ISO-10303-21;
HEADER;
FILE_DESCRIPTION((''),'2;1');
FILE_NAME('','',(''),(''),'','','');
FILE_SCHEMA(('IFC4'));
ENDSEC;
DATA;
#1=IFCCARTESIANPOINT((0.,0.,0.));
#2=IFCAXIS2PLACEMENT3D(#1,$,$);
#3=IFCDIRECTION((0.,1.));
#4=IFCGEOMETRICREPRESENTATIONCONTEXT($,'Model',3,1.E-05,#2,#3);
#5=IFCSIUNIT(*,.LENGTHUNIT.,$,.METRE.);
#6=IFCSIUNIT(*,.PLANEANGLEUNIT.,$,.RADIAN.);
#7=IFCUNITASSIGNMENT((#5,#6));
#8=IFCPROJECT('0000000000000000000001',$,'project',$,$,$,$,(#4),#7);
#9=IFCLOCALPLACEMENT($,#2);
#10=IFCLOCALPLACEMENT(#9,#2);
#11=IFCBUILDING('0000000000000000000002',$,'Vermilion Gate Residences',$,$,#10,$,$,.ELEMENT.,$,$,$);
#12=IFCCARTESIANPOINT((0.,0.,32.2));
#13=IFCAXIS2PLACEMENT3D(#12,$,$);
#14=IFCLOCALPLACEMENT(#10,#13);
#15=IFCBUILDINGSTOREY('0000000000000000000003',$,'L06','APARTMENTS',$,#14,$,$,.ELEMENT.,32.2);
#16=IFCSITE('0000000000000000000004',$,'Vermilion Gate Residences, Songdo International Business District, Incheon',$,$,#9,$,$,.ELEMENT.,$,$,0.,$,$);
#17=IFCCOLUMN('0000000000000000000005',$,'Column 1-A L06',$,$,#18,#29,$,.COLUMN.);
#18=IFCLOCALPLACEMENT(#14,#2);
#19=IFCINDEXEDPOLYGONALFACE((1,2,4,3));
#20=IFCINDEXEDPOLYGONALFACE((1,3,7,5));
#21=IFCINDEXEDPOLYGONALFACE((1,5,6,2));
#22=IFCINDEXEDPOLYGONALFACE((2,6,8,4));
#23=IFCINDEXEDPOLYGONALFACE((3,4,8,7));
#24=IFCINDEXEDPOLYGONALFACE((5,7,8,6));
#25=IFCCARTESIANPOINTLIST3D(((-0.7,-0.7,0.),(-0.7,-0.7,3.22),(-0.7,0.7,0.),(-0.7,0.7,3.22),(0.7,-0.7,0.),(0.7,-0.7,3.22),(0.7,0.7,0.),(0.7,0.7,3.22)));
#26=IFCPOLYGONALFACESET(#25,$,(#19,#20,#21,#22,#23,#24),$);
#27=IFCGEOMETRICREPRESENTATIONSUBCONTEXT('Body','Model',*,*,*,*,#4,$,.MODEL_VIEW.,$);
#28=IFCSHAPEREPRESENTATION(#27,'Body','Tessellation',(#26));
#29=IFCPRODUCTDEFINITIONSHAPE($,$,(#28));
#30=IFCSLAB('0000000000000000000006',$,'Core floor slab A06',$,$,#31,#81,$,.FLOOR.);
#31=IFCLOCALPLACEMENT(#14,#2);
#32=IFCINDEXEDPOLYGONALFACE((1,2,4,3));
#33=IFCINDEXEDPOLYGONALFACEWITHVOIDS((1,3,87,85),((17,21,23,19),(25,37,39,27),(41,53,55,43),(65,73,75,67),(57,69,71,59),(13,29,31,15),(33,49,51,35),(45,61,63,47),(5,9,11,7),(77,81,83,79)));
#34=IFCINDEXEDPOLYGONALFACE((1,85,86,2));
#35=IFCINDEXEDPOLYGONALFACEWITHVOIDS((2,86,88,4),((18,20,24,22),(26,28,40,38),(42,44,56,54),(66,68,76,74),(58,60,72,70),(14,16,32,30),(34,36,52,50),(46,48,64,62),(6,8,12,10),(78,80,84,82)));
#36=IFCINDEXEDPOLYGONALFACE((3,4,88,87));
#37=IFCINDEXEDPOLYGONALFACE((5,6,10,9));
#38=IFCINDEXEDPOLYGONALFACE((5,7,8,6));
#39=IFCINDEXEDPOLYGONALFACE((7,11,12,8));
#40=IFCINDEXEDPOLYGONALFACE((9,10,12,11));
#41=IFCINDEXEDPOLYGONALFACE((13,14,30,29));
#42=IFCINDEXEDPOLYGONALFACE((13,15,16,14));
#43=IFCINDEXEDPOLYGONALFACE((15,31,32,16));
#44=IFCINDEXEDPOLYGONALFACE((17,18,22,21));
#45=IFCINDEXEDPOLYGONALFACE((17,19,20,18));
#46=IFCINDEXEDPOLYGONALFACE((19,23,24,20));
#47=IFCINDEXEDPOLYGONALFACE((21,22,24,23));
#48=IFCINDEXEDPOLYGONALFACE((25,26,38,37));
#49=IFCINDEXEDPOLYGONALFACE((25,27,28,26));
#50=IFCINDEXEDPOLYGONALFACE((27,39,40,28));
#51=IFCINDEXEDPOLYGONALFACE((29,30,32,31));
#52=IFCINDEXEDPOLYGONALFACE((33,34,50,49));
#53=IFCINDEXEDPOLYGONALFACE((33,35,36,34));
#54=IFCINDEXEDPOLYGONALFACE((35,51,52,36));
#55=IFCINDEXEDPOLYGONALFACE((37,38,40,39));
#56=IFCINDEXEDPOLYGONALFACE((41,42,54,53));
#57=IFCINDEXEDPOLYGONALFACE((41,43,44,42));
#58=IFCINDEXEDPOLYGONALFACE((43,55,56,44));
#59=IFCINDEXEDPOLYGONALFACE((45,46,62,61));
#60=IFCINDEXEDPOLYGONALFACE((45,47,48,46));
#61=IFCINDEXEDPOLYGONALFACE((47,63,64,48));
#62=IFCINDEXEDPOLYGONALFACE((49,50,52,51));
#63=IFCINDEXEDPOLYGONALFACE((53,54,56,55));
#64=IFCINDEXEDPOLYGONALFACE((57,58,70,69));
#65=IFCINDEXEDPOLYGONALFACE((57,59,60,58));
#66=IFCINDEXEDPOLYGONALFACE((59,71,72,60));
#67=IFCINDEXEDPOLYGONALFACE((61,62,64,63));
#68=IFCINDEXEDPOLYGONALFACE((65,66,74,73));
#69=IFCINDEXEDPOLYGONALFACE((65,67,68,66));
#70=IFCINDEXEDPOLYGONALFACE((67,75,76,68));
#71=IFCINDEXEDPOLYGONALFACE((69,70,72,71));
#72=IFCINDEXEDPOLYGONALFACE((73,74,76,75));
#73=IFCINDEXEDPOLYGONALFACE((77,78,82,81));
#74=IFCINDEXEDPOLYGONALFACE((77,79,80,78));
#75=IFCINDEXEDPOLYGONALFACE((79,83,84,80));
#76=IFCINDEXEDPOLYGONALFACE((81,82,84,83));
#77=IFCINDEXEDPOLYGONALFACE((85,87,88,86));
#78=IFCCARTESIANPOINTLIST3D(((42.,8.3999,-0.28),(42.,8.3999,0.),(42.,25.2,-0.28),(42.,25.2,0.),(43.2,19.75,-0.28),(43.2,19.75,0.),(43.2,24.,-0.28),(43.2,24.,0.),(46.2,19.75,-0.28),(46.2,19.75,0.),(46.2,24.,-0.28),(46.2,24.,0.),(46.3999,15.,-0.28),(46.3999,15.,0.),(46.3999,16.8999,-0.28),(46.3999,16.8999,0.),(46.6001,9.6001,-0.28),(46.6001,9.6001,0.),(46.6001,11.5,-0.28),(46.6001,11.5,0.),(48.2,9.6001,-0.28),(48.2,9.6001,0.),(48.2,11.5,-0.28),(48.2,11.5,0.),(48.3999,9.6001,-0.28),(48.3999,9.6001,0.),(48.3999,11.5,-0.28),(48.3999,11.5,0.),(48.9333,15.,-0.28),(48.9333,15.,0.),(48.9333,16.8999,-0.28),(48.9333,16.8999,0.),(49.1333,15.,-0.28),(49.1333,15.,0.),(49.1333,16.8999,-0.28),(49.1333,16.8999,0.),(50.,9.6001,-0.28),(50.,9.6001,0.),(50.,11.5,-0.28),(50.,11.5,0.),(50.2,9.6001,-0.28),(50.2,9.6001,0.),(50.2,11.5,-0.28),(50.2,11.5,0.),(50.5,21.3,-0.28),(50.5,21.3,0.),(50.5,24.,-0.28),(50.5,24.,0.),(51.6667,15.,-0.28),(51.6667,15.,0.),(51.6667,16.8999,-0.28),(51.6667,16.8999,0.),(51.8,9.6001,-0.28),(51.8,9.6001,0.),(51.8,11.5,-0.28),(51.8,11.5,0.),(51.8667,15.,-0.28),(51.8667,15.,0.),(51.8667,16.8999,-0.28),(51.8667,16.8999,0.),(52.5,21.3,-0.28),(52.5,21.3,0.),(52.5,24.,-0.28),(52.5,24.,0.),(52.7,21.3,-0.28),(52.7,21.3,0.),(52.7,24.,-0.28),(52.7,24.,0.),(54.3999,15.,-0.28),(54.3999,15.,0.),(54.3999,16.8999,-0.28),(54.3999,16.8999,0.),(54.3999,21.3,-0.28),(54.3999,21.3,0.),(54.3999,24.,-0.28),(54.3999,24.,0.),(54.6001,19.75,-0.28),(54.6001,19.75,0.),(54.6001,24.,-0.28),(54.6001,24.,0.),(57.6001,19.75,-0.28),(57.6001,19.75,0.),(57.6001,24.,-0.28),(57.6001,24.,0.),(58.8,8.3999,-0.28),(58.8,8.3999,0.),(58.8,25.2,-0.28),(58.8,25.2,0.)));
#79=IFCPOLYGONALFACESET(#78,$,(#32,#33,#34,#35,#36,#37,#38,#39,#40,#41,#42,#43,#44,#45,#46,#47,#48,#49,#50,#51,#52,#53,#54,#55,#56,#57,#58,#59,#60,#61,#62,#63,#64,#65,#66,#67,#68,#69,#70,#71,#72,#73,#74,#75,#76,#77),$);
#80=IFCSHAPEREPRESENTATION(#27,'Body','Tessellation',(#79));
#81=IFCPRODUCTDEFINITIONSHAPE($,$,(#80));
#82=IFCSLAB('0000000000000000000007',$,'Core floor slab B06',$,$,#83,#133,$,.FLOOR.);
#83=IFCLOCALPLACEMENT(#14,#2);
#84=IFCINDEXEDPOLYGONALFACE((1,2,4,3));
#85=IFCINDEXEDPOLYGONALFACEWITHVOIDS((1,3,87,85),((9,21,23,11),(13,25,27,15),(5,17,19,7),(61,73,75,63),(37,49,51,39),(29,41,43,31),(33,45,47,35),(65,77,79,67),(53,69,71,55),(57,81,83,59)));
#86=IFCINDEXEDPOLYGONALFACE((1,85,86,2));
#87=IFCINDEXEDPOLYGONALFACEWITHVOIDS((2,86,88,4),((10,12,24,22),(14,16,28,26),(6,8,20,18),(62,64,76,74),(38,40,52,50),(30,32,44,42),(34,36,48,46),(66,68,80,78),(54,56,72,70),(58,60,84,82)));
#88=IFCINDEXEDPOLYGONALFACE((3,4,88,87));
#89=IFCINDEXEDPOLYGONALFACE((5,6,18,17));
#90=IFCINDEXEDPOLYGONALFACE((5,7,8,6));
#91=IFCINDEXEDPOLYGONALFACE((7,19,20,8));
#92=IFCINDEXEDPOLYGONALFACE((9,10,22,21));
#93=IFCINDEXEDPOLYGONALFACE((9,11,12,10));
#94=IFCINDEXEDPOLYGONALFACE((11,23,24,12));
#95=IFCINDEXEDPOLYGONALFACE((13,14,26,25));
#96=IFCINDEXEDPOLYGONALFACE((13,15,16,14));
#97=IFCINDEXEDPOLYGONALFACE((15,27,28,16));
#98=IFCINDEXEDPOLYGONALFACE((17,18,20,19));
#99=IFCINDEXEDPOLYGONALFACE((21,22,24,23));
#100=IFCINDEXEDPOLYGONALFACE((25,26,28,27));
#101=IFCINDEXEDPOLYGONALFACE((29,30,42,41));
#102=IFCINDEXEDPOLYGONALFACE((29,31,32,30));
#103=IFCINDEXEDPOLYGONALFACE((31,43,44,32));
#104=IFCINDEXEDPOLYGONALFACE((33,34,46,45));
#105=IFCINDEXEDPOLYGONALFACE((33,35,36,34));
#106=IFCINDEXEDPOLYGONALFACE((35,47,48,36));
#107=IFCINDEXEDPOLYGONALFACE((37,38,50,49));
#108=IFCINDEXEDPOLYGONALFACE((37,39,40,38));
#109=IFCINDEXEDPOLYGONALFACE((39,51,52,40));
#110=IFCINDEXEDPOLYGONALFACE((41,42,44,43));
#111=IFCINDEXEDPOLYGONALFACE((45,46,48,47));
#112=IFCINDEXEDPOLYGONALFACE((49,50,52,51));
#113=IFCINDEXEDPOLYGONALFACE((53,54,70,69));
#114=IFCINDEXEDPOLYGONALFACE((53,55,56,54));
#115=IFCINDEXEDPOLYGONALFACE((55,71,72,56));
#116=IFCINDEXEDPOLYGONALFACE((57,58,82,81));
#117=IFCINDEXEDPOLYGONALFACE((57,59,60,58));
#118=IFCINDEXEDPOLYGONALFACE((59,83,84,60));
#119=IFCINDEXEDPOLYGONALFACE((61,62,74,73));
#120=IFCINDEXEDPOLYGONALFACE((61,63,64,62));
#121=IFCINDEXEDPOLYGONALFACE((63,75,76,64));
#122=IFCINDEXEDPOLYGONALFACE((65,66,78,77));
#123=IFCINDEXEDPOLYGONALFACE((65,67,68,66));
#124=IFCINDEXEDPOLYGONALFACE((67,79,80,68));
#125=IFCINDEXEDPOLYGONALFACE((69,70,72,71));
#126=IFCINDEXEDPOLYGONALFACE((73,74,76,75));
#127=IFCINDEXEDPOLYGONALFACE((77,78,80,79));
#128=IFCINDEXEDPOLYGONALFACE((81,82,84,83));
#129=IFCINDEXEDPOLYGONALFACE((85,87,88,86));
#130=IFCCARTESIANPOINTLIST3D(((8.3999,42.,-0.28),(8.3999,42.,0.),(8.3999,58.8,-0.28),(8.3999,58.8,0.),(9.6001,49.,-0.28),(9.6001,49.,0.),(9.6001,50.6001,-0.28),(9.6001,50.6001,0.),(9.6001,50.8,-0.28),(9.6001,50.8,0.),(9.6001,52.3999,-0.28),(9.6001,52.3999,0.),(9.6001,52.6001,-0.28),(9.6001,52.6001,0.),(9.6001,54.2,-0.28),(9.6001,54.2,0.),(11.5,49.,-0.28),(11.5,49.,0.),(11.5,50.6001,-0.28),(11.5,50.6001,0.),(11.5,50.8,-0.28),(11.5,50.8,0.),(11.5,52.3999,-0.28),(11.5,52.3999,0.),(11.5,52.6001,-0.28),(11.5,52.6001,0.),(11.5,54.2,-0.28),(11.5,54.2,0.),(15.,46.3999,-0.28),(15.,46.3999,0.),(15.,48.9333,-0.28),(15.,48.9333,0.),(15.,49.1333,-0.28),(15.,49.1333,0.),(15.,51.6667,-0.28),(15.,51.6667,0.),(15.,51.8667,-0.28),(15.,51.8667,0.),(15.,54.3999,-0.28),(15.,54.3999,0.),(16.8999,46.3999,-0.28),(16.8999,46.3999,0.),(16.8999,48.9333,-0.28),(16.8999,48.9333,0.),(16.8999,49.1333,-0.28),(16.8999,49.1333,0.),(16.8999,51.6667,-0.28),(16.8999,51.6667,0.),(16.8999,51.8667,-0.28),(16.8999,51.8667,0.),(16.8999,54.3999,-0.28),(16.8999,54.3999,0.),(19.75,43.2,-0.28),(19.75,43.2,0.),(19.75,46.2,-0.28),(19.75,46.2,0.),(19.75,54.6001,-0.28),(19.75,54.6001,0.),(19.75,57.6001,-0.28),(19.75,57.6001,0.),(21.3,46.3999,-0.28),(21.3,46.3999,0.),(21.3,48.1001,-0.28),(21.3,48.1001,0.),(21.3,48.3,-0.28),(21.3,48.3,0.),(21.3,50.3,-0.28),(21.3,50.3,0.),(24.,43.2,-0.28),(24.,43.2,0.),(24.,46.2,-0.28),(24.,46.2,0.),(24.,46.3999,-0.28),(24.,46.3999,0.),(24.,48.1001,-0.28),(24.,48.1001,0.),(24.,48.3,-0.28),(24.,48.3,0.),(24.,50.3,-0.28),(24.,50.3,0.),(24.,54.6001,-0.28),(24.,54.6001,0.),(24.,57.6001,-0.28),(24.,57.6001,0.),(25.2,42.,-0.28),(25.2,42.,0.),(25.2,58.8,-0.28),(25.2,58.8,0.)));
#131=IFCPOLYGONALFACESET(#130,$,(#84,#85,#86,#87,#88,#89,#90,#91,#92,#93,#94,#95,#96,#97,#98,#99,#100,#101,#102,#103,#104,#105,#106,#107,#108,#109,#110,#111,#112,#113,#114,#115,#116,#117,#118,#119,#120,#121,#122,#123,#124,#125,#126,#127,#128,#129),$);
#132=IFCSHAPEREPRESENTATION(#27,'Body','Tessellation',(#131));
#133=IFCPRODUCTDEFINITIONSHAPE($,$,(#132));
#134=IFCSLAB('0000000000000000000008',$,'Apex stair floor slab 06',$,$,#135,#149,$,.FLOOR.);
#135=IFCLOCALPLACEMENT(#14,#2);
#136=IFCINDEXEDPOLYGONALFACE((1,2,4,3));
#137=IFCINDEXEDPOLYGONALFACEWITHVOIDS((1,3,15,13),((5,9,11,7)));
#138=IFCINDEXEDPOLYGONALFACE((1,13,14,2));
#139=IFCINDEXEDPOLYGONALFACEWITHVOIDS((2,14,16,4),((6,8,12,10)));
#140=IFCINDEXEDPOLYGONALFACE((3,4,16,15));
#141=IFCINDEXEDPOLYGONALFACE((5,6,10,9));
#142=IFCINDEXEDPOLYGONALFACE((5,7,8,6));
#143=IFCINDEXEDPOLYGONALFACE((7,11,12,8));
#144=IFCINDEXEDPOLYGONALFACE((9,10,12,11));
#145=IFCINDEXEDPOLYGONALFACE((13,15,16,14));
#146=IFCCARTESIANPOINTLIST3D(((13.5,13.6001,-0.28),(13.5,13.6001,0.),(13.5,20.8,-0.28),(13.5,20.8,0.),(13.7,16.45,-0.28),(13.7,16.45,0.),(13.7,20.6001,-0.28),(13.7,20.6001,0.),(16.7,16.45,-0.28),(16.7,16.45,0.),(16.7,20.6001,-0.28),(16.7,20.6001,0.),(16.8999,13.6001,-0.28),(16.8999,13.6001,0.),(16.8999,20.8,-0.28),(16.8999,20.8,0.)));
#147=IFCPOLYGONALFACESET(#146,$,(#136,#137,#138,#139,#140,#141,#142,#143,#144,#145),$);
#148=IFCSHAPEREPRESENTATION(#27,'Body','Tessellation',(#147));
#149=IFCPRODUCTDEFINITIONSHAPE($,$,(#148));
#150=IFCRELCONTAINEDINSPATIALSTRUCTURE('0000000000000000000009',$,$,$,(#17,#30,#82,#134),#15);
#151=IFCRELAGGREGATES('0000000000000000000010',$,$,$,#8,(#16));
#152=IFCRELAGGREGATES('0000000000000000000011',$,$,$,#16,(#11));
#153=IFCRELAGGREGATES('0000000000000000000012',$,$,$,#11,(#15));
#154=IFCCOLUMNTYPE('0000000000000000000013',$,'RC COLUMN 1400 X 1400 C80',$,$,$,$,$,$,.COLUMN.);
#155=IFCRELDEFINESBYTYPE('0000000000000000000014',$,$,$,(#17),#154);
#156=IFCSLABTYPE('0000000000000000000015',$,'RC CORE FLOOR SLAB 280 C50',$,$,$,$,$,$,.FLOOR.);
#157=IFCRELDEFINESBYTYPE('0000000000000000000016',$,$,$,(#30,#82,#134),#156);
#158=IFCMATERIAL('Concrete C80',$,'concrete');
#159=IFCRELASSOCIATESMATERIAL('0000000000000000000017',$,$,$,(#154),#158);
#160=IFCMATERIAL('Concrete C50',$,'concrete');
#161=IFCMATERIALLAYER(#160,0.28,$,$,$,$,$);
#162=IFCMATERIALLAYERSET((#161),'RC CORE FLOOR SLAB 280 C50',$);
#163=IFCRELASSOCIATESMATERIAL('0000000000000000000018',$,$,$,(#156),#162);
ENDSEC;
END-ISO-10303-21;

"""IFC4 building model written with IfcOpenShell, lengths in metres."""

from ifc_helpers import new_model, si_unit, direction, frame, origin, origin_with_axes, origin_2d, place, context, subcontext, project, spatial, polyline, rectangle, outline, extrude, material, layer, layer_set, material_profile, profile_set, type_object, element, save


model = new_model("IFC4")

# Units and contexts
model_context = context("Model", 3, precision=1e-05, world=origin(), true_north=direction((0.0, 1.0)))
body_context = subcontext(model_context, "Body", "Model", "MODEL_VIEW")
ifc_project = project(units=[si_unit("LENGTHUNIT", "METRE"), si_unit("PLANEANGLEUNIT", "RADIAN")], contexts=[model_context])

# Site, building, storey
site_placement = place(None, origin())
site = spatial("IfcSite", under=ifc_project, at=site_placement, Name="Vermilion Gate Residences, Songdo International Business District, Incheon", CompositionType="ELEMENT", RefElevation=0.0)
building_placement = place(site_placement, origin())
building = spatial("IfcBuilding", under=site, at=building_placement, Name="Vermilion Gate Residences", CompositionType="ELEMENT")
storey_placement = place(building_placement, frame((0.0, 0.0, 32.2)))
storey = spatial("IfcBuildingStorey", under=building, at=storey_placement, Name="L06", Description="APARTMENTS", CompositionType="ELEMENT", Elevation=32.2)

# Column
ifc_material_1 = material(Name="Concrete C80", Category="concrete")
ifc_material_profile = material_profile(ifc_material_1, rectangle(XDim=1.3999, YDim=1.3999, at=origin_2d()), Name="RC-1400x1400")
ifc_profile_set = profile_set([ifc_material_profile], Name="Concrete C80")
column_type = type_object("IfcColumnType", Name="RC COLUMN 1400 X 1400 C80", PredefinedType="COLUMN", material=ifc_profile_set)
column_placement = place(storey_placement, origin_with_axes())
element("IfcColumn", 1, at=column_placement, inside=storey, type_object=column_type, Name="Column 1-A L06", PredefinedType="COLUMN", context=body_context, shape_type="SweptSolid", body=[
    extrude(rectangle(XDim=1.3999, YDim=1.3999, at=origin_2d()), origin(), (0.0, 0.0, 1.0), 3.22),
])

# Slabs
ifc_material_2 = material(Name="Concrete C50", Category="concrete")
ifc_layer_1 = layer(ifc_material_2, 0.28)
ifc_layer_set_1 = layer_set([ifc_layer_1], Name="RC CORE FLOOR SLAB 280 C50")
slab_type_1 = type_object("IfcSlabType", Name="RC CORE FLOOR SLAB 280 C50", PredefinedType="FLOOR", material=ifc_layer_set_1)
slab_1_placement = place(storey_placement, frame((0.0, 0.0, -0.28)))
element("IfcSlab", 2, at=slab_1_placement, inside=storey, type_object=slab_type_1, Name="Core floor slab A06", PredefinedType="FLOOR", context=body_context, shape_type="SweptSolid", body=[
    extrude(outline(polyline([(42.0, 8.3999), (58.8, 8.3999), (58.8, 25.2), (42.0, 25.2), (42.0, 8.3999)]), holes=[polyline([(46.6001, 11.5), (48.2, 11.5), (48.2, 9.6001), (46.6001, 9.6001), (46.6001, 11.5)]), polyline([(48.3999, 11.5), (50.0, 11.5), (50.0, 9.6001), (48.3999, 9.6001), (48.3999, 11.5)]), polyline([(50.2, 11.5), (51.8, 11.5), (51.8, 9.6001), (50.2, 9.6001), (50.2, 11.5)]), polyline([(48.9333, 16.8999), (48.9333, 15.0), (46.3999, 15.0), (46.3999, 16.8999), (48.9333, 16.8999)]), polyline([(51.6667, 16.8999), (51.6667, 15.0), (49.1333, 15.0), (49.1333, 16.8999), (51.6667, 16.8999)]), polyline([(51.8667, 16.8999), (54.3999, 16.8999), (54.3999, 15.0), (51.8667, 15.0), (51.8667, 16.8999)]), polyline([(43.2, 24.0), (46.2, 24.0), (46.2, 19.75), (43.2, 19.75), (43.2, 24.0)]), polyline([(54.6001, 24.0), (57.6001, 24.0), (57.6001, 19.75), (54.6001, 19.75), (54.6001, 24.0)]), polyline([(52.5, 24.0), (52.5, 21.3), (50.5, 21.3), (50.5, 24.0), (52.5, 24.0)]), polyline([(54.3999, 24.0), (54.3999, 21.3), (52.7, 21.3), (52.7, 24.0), (54.3999, 24.0)])]), origin(), (0.0, 0.0, 1.0), 0.28),
])
slab_2_placement = place(storey_placement, frame((0.0, 0.0, -0.28)))
element("IfcSlab", 3, at=slab_2_placement, inside=storey, type_object=slab_type_1, Name="Core floor slab B06", PredefinedType="FLOOR", context=body_context, shape_type="SweptSolid", body=[
    extrude(outline(polyline([(8.3999, 42.0), (25.2, 42.0), (25.2, 58.8), (8.3999, 58.8), (8.3999, 42.0)]), holes=[polyline([(19.75, 46.2), (24.0, 46.2), (24.0, 43.2), (19.75, 43.2), (19.75, 46.2)]), polyline([(21.3, 48.1001), (24.0, 48.1001), (24.0, 46.3999), (21.3, 46.3999), (21.3, 48.1001)]), polyline([(15.0, 48.9333), (16.8999, 48.9333), (16.8999, 46.3999), (15.0, 46.3999), (15.0, 48.9333)]), polyline([(24.0, 50.3), (24.0, 48.3), (21.3, 48.3), (21.3, 50.3), (24.0, 50.3)]), polyline([(11.5, 50.6001), (11.5, 49.0), (9.6001, 49.0), (9.6001, 50.6001), (11.5, 50.6001)]), polyline([(15.0, 51.6667), (16.8999, 51.6667), (16.8999, 49.1333), (15.0, 49.1333), (15.0, 51.6667)]), polyline([(9.6001, 52.3999), (11.5, 52.3999), (11.5, 50.8), (9.6001, 50.8), (9.6001, 52.3999)]), polyline([(15.0, 54.3999), (16.8999, 54.3999), (16.8999, 51.8667), (15.0, 51.8667), (15.0, 54.3999)]), polyline([(11.5, 54.2), (11.5, 52.6001), (9.6001, 52.6001), (9.6001, 54.2), (11.5, 54.2)]), polyline([(24.0, 57.6001), (24.0, 54.6001), (19.75, 54.6001), (19.75, 57.6001), (24.0, 57.6001)])]), origin(), (0.0, 0.0, 1.0), 0.28),
])
slab_3_placement = place(storey_placement, frame((0.0, 0.0, -0.28)))
element("IfcSlab", 4, at=slab_3_placement, inside=storey, type_object=slab_type_1, Name="Apex stair floor slab 06", PredefinedType="FLOOR", context=body_context, shape_type="SweptSolid", body=[
    extrude(outline(polyline([(13.5, 13.6001), (16.8999, 13.6001), (16.8999, 20.8), (13.5, 20.8), (13.5, 13.6001)]), holes=[polyline([(16.7, 20.6001), (16.7, 16.45), (13.7, 16.45), (13.7, 20.6001), (16.7, 20.6001)])]), origin(), (0.0, 0.0, 1.0), 0.28),
])

save(model, "model.ifc")
